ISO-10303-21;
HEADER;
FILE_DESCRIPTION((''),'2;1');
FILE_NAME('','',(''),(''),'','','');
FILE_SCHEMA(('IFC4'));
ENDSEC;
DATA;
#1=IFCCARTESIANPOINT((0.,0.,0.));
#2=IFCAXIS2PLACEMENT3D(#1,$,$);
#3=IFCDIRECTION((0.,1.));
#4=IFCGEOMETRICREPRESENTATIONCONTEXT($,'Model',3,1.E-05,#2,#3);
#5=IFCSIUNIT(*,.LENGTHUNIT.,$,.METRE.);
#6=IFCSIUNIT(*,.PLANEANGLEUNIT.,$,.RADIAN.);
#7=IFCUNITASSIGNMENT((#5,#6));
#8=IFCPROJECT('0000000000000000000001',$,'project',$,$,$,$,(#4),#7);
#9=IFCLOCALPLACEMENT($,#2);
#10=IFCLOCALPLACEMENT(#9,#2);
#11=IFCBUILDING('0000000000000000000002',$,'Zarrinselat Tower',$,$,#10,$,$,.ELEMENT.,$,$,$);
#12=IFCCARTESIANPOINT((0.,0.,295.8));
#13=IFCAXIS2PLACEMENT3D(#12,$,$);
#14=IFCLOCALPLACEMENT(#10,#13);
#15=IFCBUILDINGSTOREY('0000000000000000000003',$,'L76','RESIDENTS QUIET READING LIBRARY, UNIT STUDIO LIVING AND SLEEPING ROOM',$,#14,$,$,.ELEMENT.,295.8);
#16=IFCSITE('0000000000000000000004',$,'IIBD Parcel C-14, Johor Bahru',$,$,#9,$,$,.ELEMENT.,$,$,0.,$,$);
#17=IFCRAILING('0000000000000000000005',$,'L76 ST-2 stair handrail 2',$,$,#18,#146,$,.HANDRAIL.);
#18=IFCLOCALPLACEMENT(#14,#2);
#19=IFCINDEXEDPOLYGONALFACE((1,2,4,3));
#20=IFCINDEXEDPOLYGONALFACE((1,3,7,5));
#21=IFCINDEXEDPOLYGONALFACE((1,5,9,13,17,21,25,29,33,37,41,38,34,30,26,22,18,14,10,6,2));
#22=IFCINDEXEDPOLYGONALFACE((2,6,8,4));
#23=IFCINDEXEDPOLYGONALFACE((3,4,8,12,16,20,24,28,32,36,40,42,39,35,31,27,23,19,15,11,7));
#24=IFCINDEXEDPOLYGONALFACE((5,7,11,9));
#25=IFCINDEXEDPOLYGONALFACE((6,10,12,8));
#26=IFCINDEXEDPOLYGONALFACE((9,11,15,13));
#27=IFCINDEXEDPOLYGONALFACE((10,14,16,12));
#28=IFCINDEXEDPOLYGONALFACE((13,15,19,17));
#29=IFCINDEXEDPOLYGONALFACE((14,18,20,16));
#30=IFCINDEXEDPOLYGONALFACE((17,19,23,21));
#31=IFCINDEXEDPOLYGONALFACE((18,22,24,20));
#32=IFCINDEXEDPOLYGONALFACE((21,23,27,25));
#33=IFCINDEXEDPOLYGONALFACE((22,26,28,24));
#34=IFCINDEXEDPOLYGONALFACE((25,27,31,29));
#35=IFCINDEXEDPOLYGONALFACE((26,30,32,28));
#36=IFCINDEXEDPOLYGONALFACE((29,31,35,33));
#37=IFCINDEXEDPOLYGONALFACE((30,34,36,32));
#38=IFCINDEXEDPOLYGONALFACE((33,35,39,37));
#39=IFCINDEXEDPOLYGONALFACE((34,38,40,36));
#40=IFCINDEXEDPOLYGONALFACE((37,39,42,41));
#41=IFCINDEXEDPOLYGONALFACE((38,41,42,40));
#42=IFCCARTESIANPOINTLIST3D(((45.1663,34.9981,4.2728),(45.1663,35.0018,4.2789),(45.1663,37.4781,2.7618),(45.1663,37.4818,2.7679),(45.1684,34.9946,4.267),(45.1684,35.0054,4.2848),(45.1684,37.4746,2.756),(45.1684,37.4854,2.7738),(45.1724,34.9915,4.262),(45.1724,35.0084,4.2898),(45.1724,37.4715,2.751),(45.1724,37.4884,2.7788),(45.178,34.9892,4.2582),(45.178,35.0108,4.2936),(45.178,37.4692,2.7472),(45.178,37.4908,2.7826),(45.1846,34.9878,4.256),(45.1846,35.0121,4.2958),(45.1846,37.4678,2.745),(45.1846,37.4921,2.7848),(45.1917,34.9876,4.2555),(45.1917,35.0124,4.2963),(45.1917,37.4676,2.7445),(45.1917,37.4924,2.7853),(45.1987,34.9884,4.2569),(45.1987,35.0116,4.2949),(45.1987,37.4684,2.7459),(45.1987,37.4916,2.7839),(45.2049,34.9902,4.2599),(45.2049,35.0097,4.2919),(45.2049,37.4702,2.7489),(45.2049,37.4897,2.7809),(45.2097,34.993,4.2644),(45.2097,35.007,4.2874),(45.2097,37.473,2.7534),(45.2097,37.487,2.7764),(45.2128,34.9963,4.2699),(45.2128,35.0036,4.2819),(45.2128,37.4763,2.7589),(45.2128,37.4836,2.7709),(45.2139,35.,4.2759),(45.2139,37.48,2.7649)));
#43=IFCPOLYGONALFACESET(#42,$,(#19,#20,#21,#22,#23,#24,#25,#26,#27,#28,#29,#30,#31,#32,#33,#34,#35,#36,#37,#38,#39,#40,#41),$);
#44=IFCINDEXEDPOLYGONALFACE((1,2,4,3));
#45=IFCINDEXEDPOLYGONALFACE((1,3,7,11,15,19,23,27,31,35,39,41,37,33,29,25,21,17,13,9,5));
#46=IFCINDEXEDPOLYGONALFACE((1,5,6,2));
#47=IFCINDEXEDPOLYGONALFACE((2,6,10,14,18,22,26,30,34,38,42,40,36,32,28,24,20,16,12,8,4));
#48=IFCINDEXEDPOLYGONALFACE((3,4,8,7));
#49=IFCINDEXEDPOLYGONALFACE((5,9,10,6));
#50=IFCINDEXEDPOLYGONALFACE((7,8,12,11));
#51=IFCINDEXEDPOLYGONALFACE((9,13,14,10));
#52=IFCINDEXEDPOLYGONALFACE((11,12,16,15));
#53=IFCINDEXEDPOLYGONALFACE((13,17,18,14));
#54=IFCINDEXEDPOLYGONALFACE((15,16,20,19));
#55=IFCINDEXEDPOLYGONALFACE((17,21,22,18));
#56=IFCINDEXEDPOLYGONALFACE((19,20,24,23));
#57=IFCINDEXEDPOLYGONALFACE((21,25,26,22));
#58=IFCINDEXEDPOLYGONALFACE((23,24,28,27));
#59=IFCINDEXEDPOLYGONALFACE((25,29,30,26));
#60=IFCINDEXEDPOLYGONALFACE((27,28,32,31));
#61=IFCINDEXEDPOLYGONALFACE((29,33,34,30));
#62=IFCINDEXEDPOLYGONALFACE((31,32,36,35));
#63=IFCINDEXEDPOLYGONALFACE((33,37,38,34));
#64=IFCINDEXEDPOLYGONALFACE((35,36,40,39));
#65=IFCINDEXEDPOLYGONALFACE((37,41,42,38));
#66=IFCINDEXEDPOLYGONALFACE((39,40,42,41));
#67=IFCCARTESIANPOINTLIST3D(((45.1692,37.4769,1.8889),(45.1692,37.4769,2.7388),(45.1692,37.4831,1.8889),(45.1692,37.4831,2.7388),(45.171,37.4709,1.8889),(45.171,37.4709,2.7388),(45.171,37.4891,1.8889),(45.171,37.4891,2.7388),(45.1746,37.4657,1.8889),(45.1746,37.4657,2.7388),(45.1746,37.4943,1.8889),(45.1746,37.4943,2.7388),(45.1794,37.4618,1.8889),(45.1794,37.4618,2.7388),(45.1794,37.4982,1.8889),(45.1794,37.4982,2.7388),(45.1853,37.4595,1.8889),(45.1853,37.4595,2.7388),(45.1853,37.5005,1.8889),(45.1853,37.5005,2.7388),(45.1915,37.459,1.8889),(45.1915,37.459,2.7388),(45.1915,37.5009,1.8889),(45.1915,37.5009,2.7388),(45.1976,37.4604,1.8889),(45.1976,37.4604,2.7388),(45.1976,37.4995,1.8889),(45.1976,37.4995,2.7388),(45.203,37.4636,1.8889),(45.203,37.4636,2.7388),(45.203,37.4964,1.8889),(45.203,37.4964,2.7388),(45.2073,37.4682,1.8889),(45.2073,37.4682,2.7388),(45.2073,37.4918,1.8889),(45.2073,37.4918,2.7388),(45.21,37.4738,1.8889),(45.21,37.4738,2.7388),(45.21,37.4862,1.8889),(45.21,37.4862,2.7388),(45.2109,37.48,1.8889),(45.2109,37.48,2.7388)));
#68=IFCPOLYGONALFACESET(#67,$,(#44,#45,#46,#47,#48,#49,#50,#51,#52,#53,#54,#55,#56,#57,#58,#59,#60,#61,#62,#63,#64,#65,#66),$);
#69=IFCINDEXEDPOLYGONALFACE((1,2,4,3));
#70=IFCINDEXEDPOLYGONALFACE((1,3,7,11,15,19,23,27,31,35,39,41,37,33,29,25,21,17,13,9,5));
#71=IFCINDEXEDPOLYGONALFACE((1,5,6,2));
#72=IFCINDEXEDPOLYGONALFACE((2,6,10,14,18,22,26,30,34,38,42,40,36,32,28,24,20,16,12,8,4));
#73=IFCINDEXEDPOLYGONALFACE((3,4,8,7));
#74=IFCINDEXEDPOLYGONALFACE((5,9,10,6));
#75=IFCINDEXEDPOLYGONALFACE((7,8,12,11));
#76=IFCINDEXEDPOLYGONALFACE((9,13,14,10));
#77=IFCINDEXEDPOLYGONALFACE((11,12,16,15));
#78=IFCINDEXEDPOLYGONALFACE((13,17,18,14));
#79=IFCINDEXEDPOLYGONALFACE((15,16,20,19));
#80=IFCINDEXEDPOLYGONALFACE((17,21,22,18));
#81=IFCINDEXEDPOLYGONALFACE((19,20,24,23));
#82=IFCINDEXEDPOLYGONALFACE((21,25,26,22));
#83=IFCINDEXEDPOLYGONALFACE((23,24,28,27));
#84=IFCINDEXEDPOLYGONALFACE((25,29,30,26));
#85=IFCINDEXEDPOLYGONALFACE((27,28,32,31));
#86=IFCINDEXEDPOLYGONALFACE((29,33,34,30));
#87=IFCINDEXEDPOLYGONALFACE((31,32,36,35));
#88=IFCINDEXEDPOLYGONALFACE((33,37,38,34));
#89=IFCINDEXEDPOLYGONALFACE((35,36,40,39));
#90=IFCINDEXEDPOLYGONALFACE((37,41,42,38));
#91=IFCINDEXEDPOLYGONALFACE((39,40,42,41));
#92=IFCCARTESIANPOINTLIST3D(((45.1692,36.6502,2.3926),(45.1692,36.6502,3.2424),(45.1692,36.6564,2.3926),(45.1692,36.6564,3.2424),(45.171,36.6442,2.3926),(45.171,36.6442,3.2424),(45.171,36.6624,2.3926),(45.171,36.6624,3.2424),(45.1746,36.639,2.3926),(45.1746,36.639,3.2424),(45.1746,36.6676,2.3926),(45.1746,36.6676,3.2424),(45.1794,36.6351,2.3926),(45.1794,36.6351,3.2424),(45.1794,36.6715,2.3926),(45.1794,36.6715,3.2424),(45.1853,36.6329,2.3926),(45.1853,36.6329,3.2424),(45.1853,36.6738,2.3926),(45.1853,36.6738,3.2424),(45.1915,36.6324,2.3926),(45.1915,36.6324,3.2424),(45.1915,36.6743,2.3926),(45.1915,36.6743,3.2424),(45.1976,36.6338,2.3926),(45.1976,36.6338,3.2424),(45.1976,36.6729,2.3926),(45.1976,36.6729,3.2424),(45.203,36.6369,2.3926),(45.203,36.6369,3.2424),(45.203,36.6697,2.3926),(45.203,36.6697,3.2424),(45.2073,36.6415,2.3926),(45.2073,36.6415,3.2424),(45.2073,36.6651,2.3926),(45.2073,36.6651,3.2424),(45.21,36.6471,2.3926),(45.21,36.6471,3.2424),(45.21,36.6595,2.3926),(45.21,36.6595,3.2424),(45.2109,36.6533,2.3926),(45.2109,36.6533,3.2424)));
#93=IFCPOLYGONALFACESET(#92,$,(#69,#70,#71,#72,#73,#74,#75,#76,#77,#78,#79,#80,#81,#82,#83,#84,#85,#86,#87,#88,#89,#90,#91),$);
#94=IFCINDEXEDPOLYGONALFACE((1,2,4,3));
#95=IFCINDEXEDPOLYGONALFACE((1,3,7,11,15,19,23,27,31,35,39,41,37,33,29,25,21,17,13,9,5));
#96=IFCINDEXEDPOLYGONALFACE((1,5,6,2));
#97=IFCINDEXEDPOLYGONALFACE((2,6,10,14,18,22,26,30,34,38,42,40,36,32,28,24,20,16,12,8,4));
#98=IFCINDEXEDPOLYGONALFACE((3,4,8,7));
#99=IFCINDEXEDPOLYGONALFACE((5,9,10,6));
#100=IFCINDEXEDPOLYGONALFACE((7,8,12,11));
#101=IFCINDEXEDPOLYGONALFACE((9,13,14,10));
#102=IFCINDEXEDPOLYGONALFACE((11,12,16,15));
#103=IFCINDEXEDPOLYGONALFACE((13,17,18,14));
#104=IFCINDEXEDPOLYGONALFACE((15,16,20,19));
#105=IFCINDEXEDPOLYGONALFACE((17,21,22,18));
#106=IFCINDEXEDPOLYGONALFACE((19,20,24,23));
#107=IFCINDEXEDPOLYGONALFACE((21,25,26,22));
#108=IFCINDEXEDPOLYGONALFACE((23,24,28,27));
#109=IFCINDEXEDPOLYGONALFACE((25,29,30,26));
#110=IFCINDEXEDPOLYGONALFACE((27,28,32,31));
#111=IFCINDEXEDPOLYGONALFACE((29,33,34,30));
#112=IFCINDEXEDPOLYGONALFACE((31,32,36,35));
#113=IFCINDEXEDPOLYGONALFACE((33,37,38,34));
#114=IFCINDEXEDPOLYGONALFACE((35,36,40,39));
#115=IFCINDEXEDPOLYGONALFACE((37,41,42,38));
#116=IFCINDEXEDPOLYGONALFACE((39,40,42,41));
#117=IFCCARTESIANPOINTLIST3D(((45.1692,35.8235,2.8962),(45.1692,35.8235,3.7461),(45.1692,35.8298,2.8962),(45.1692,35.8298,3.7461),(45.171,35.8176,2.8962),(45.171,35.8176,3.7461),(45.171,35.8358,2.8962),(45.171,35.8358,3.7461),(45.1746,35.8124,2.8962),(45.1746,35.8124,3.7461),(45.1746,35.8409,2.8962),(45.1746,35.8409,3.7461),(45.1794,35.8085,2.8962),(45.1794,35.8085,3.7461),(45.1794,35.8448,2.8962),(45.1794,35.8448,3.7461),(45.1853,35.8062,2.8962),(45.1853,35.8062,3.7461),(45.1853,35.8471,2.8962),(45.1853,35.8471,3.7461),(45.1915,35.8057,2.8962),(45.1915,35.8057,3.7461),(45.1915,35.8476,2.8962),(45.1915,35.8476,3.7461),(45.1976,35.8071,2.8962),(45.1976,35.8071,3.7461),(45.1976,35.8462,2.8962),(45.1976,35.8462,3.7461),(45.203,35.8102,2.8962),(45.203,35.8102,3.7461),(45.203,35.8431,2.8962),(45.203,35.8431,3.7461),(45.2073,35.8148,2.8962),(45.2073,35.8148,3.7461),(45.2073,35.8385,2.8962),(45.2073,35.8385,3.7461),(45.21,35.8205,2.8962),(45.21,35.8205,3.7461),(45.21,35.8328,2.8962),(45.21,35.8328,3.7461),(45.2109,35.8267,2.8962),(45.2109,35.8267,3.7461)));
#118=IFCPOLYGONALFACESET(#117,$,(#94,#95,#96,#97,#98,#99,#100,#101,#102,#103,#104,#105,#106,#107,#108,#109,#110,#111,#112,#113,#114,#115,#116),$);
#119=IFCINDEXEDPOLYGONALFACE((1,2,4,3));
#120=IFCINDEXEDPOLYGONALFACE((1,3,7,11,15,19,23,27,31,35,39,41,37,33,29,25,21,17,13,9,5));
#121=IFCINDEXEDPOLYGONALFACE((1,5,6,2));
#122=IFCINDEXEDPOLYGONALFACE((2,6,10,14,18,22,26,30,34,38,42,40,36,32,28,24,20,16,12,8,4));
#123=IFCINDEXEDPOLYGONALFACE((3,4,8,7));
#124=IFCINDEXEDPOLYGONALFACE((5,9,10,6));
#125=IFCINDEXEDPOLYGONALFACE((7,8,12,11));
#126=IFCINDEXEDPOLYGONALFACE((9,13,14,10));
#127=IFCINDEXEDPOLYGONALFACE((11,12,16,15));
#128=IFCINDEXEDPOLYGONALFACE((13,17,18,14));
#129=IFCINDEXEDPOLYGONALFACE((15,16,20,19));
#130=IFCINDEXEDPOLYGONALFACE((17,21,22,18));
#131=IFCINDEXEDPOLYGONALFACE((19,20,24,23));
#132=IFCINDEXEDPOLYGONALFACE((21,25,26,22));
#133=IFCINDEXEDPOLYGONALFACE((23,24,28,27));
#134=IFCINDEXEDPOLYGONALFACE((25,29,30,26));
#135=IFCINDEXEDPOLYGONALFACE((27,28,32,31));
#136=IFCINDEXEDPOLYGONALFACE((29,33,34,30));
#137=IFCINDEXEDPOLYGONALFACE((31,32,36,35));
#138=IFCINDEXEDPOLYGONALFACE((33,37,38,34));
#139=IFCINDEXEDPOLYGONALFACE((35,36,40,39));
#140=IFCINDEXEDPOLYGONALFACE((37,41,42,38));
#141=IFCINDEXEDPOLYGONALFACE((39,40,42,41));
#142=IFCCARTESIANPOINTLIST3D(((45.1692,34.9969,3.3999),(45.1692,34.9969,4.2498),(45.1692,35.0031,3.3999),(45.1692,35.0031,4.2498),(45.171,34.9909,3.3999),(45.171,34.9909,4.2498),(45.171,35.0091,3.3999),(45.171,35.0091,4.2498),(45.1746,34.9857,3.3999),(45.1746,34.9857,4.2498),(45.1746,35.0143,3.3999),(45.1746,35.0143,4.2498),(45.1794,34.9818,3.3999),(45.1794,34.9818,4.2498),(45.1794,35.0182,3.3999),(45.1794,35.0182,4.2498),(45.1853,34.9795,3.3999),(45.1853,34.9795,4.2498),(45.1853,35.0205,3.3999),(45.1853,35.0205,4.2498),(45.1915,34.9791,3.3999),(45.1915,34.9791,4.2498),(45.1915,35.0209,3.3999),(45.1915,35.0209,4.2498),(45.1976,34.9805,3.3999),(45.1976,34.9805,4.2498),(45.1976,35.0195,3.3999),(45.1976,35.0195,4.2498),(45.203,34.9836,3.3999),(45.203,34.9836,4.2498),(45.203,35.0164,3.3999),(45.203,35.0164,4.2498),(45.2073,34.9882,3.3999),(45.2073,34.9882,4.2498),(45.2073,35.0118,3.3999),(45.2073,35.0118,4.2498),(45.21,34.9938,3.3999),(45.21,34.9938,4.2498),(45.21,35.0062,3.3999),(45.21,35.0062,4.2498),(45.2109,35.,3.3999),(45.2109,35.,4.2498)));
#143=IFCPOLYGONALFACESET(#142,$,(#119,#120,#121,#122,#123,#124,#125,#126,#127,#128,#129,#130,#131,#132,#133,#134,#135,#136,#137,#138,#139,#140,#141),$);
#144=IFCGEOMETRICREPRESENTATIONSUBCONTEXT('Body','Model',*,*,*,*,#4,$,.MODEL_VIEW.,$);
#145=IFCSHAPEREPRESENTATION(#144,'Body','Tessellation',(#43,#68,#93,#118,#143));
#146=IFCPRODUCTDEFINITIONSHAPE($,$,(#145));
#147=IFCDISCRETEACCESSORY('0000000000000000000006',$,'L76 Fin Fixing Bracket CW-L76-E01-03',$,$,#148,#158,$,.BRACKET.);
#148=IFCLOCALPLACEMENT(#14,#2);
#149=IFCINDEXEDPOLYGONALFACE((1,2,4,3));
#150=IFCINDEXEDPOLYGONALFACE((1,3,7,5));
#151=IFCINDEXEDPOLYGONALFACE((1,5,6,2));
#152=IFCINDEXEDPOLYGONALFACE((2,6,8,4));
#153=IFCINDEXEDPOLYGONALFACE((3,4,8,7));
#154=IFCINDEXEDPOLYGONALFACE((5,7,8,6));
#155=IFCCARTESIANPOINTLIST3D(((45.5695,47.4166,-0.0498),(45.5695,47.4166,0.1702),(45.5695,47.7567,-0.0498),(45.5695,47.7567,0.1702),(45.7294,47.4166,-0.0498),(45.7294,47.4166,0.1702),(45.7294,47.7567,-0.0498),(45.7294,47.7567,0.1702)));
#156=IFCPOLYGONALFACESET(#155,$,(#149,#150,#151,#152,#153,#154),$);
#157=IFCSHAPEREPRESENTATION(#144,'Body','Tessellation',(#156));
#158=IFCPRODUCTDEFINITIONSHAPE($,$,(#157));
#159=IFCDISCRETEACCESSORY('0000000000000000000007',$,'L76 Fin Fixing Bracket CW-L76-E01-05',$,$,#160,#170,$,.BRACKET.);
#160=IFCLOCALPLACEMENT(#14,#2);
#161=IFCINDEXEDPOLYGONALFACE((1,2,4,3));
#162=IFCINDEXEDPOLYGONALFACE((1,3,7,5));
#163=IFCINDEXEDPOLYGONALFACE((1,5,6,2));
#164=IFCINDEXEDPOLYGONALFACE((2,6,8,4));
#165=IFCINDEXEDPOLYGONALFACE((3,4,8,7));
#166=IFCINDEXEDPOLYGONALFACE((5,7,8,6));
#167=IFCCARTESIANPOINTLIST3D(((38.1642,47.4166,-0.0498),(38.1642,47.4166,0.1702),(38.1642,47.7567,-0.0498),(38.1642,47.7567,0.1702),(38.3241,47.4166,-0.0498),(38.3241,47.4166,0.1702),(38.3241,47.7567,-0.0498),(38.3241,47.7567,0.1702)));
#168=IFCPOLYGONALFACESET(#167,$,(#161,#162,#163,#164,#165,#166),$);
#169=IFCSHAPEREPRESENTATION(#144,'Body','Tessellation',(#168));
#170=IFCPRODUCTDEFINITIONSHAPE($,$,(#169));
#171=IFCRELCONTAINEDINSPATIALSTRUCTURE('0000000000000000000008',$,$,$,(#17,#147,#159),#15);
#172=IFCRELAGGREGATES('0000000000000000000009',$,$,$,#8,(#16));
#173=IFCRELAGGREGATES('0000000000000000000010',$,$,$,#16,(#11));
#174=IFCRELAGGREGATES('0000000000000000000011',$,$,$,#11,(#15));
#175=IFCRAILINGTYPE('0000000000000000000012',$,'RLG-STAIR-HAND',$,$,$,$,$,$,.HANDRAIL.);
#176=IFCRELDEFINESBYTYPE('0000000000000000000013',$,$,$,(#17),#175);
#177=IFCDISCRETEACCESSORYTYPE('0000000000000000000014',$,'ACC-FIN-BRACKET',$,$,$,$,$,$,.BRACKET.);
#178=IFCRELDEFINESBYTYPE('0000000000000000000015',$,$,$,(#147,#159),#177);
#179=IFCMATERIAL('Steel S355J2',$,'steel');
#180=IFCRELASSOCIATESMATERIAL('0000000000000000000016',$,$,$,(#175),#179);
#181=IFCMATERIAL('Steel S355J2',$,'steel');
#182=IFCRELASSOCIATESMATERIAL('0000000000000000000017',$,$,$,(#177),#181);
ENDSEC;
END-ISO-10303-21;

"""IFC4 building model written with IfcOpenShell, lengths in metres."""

from ifc_helpers import new_model, si_unit, direction, frame, origin, origin_2d, place, context, subcontext, project, spatial, rectangle, circle, extrude, material, type_object, element, save


model = new_model("IFC4")

# Units and contexts
model_context = context("Model", 3, precision=1e-05, world=origin(), true_north=direction((0.0, 1.0)))
body_context = subcontext(model_context, "Body", "Model", "MODEL_VIEW")
ifc_project = project(units=[si_unit("LENGTHUNIT", "METRE"), si_unit("PLANEANGLEUNIT", "RADIAN")], contexts=[model_context])

# Site, building, storey
site_placement = place(None, origin())
site = spatial("IfcSite", under=ifc_project, at=site_placement, Name="IIBD Parcel C-14, Johor Bahru", CompositionType="ELEMENT", RefElevation=0.0)
building_placement = place(site_placement, origin())
building = spatial("IfcBuilding", under=site, at=building_placement, Name="Zarrinselat Tower", CompositionType="ELEMENT")
storey_placement = place(building_placement, frame((0.0, 0.0, 295.8)))
storey = spatial("IfcBuildingStorey", under=building, at=storey_placement, Name="L76", Description="RESIDENTS QUIET READING LIBRARY, UNIT STUDIO LIVING AND SLEEPING ROOM", CompositionType="ELEMENT", Elevation=295.8)

# Railing
ifc_material_1 = material(Name="Steel S355J2", Category="steel")
railing_type = type_object("IfcRailingType", Name="RLG-STAIR-HAND", PredefinedType="HANDRAIL", material=ifc_material_1)
railing_placement = place(storey_placement, frame((45.1899, 37.48, 1.8889)))
element("IfcRailing", 1, at=railing_placement, inside=storey, type_object=railing_type, Name="L76 ST-2 stair handrail 2", PredefinedType="HANDRAIL", context=body_context, shape_type="SweptSolid", body=[
    extrude(circle(Radius=0.0239, at=origin_2d()), frame((0.0, 0.0, 0.876), z_axis=(0.0, -0.853979, 0.520307), x_axis=(1.0, 0.0, 0.0)), (0.0, 0.0, 1.0), 2.9041),
    extrude(circle(Radius=0.021, at=origin_2d()), origin(), (0.0, 0.0, 1.0), 0.8499),
    extrude(circle(Radius=0.021, at=origin_2d()), frame((0.0, -0.8267, 0.5037)), (0.0, 0.0, 1.0), 0.8499),
    extrude(circle(Radius=0.021, at=origin_2d()), frame((0.0, -1.6533, 1.0073)), (0.0, 0.0, 1.0), 0.8499),
    extrude(circle(Radius=0.021, at=origin_2d()), frame((0.0, -2.48, 1.511)), (0.0, 0.0, 1.0), 0.8499),
])

# Discrete accessories
ifc_material_2 = material(Name="Steel S355J2", Category="steel")
discrete_accessory_type = type_object("IfcDiscreteAccessoryType", Name="ACC-FIN-BRACKET", PredefinedType="BRACKET", material=ifc_material_2)
for number, where, z_axis, x_axis, name in (
    (2, (45.6494, 47.5867, -0.0498), (0.0, 0.0, 1.0), (0.0, 1.0, 0.0), "L76 Fin Fixing Bracket CW-L76-E01-03"),
    (3, (38.2441, 47.5867, -0.0498), (0.0, 0.0, 1.0), (0.0, 1.0, 0.0), "L76 Fin Fixing Bracket CW-L76-E01-05"),
):
    element("IfcDiscreteAccessory", number, at=place(storey_placement, frame(where, z_axis=z_axis, x_axis=x_axis)), inside=storey, type_object=discrete_accessory_type, Name=name, PredefinedType="BRACKET", context=body_context, shape_type="SweptSolid", body=[
        extrude(rectangle(XDim=0.3401, YDim=0.1599, at=origin_2d()), origin(), (0.0, 0.0, 1.0), 0.22),
    ])

save(model, "model.ifc")
